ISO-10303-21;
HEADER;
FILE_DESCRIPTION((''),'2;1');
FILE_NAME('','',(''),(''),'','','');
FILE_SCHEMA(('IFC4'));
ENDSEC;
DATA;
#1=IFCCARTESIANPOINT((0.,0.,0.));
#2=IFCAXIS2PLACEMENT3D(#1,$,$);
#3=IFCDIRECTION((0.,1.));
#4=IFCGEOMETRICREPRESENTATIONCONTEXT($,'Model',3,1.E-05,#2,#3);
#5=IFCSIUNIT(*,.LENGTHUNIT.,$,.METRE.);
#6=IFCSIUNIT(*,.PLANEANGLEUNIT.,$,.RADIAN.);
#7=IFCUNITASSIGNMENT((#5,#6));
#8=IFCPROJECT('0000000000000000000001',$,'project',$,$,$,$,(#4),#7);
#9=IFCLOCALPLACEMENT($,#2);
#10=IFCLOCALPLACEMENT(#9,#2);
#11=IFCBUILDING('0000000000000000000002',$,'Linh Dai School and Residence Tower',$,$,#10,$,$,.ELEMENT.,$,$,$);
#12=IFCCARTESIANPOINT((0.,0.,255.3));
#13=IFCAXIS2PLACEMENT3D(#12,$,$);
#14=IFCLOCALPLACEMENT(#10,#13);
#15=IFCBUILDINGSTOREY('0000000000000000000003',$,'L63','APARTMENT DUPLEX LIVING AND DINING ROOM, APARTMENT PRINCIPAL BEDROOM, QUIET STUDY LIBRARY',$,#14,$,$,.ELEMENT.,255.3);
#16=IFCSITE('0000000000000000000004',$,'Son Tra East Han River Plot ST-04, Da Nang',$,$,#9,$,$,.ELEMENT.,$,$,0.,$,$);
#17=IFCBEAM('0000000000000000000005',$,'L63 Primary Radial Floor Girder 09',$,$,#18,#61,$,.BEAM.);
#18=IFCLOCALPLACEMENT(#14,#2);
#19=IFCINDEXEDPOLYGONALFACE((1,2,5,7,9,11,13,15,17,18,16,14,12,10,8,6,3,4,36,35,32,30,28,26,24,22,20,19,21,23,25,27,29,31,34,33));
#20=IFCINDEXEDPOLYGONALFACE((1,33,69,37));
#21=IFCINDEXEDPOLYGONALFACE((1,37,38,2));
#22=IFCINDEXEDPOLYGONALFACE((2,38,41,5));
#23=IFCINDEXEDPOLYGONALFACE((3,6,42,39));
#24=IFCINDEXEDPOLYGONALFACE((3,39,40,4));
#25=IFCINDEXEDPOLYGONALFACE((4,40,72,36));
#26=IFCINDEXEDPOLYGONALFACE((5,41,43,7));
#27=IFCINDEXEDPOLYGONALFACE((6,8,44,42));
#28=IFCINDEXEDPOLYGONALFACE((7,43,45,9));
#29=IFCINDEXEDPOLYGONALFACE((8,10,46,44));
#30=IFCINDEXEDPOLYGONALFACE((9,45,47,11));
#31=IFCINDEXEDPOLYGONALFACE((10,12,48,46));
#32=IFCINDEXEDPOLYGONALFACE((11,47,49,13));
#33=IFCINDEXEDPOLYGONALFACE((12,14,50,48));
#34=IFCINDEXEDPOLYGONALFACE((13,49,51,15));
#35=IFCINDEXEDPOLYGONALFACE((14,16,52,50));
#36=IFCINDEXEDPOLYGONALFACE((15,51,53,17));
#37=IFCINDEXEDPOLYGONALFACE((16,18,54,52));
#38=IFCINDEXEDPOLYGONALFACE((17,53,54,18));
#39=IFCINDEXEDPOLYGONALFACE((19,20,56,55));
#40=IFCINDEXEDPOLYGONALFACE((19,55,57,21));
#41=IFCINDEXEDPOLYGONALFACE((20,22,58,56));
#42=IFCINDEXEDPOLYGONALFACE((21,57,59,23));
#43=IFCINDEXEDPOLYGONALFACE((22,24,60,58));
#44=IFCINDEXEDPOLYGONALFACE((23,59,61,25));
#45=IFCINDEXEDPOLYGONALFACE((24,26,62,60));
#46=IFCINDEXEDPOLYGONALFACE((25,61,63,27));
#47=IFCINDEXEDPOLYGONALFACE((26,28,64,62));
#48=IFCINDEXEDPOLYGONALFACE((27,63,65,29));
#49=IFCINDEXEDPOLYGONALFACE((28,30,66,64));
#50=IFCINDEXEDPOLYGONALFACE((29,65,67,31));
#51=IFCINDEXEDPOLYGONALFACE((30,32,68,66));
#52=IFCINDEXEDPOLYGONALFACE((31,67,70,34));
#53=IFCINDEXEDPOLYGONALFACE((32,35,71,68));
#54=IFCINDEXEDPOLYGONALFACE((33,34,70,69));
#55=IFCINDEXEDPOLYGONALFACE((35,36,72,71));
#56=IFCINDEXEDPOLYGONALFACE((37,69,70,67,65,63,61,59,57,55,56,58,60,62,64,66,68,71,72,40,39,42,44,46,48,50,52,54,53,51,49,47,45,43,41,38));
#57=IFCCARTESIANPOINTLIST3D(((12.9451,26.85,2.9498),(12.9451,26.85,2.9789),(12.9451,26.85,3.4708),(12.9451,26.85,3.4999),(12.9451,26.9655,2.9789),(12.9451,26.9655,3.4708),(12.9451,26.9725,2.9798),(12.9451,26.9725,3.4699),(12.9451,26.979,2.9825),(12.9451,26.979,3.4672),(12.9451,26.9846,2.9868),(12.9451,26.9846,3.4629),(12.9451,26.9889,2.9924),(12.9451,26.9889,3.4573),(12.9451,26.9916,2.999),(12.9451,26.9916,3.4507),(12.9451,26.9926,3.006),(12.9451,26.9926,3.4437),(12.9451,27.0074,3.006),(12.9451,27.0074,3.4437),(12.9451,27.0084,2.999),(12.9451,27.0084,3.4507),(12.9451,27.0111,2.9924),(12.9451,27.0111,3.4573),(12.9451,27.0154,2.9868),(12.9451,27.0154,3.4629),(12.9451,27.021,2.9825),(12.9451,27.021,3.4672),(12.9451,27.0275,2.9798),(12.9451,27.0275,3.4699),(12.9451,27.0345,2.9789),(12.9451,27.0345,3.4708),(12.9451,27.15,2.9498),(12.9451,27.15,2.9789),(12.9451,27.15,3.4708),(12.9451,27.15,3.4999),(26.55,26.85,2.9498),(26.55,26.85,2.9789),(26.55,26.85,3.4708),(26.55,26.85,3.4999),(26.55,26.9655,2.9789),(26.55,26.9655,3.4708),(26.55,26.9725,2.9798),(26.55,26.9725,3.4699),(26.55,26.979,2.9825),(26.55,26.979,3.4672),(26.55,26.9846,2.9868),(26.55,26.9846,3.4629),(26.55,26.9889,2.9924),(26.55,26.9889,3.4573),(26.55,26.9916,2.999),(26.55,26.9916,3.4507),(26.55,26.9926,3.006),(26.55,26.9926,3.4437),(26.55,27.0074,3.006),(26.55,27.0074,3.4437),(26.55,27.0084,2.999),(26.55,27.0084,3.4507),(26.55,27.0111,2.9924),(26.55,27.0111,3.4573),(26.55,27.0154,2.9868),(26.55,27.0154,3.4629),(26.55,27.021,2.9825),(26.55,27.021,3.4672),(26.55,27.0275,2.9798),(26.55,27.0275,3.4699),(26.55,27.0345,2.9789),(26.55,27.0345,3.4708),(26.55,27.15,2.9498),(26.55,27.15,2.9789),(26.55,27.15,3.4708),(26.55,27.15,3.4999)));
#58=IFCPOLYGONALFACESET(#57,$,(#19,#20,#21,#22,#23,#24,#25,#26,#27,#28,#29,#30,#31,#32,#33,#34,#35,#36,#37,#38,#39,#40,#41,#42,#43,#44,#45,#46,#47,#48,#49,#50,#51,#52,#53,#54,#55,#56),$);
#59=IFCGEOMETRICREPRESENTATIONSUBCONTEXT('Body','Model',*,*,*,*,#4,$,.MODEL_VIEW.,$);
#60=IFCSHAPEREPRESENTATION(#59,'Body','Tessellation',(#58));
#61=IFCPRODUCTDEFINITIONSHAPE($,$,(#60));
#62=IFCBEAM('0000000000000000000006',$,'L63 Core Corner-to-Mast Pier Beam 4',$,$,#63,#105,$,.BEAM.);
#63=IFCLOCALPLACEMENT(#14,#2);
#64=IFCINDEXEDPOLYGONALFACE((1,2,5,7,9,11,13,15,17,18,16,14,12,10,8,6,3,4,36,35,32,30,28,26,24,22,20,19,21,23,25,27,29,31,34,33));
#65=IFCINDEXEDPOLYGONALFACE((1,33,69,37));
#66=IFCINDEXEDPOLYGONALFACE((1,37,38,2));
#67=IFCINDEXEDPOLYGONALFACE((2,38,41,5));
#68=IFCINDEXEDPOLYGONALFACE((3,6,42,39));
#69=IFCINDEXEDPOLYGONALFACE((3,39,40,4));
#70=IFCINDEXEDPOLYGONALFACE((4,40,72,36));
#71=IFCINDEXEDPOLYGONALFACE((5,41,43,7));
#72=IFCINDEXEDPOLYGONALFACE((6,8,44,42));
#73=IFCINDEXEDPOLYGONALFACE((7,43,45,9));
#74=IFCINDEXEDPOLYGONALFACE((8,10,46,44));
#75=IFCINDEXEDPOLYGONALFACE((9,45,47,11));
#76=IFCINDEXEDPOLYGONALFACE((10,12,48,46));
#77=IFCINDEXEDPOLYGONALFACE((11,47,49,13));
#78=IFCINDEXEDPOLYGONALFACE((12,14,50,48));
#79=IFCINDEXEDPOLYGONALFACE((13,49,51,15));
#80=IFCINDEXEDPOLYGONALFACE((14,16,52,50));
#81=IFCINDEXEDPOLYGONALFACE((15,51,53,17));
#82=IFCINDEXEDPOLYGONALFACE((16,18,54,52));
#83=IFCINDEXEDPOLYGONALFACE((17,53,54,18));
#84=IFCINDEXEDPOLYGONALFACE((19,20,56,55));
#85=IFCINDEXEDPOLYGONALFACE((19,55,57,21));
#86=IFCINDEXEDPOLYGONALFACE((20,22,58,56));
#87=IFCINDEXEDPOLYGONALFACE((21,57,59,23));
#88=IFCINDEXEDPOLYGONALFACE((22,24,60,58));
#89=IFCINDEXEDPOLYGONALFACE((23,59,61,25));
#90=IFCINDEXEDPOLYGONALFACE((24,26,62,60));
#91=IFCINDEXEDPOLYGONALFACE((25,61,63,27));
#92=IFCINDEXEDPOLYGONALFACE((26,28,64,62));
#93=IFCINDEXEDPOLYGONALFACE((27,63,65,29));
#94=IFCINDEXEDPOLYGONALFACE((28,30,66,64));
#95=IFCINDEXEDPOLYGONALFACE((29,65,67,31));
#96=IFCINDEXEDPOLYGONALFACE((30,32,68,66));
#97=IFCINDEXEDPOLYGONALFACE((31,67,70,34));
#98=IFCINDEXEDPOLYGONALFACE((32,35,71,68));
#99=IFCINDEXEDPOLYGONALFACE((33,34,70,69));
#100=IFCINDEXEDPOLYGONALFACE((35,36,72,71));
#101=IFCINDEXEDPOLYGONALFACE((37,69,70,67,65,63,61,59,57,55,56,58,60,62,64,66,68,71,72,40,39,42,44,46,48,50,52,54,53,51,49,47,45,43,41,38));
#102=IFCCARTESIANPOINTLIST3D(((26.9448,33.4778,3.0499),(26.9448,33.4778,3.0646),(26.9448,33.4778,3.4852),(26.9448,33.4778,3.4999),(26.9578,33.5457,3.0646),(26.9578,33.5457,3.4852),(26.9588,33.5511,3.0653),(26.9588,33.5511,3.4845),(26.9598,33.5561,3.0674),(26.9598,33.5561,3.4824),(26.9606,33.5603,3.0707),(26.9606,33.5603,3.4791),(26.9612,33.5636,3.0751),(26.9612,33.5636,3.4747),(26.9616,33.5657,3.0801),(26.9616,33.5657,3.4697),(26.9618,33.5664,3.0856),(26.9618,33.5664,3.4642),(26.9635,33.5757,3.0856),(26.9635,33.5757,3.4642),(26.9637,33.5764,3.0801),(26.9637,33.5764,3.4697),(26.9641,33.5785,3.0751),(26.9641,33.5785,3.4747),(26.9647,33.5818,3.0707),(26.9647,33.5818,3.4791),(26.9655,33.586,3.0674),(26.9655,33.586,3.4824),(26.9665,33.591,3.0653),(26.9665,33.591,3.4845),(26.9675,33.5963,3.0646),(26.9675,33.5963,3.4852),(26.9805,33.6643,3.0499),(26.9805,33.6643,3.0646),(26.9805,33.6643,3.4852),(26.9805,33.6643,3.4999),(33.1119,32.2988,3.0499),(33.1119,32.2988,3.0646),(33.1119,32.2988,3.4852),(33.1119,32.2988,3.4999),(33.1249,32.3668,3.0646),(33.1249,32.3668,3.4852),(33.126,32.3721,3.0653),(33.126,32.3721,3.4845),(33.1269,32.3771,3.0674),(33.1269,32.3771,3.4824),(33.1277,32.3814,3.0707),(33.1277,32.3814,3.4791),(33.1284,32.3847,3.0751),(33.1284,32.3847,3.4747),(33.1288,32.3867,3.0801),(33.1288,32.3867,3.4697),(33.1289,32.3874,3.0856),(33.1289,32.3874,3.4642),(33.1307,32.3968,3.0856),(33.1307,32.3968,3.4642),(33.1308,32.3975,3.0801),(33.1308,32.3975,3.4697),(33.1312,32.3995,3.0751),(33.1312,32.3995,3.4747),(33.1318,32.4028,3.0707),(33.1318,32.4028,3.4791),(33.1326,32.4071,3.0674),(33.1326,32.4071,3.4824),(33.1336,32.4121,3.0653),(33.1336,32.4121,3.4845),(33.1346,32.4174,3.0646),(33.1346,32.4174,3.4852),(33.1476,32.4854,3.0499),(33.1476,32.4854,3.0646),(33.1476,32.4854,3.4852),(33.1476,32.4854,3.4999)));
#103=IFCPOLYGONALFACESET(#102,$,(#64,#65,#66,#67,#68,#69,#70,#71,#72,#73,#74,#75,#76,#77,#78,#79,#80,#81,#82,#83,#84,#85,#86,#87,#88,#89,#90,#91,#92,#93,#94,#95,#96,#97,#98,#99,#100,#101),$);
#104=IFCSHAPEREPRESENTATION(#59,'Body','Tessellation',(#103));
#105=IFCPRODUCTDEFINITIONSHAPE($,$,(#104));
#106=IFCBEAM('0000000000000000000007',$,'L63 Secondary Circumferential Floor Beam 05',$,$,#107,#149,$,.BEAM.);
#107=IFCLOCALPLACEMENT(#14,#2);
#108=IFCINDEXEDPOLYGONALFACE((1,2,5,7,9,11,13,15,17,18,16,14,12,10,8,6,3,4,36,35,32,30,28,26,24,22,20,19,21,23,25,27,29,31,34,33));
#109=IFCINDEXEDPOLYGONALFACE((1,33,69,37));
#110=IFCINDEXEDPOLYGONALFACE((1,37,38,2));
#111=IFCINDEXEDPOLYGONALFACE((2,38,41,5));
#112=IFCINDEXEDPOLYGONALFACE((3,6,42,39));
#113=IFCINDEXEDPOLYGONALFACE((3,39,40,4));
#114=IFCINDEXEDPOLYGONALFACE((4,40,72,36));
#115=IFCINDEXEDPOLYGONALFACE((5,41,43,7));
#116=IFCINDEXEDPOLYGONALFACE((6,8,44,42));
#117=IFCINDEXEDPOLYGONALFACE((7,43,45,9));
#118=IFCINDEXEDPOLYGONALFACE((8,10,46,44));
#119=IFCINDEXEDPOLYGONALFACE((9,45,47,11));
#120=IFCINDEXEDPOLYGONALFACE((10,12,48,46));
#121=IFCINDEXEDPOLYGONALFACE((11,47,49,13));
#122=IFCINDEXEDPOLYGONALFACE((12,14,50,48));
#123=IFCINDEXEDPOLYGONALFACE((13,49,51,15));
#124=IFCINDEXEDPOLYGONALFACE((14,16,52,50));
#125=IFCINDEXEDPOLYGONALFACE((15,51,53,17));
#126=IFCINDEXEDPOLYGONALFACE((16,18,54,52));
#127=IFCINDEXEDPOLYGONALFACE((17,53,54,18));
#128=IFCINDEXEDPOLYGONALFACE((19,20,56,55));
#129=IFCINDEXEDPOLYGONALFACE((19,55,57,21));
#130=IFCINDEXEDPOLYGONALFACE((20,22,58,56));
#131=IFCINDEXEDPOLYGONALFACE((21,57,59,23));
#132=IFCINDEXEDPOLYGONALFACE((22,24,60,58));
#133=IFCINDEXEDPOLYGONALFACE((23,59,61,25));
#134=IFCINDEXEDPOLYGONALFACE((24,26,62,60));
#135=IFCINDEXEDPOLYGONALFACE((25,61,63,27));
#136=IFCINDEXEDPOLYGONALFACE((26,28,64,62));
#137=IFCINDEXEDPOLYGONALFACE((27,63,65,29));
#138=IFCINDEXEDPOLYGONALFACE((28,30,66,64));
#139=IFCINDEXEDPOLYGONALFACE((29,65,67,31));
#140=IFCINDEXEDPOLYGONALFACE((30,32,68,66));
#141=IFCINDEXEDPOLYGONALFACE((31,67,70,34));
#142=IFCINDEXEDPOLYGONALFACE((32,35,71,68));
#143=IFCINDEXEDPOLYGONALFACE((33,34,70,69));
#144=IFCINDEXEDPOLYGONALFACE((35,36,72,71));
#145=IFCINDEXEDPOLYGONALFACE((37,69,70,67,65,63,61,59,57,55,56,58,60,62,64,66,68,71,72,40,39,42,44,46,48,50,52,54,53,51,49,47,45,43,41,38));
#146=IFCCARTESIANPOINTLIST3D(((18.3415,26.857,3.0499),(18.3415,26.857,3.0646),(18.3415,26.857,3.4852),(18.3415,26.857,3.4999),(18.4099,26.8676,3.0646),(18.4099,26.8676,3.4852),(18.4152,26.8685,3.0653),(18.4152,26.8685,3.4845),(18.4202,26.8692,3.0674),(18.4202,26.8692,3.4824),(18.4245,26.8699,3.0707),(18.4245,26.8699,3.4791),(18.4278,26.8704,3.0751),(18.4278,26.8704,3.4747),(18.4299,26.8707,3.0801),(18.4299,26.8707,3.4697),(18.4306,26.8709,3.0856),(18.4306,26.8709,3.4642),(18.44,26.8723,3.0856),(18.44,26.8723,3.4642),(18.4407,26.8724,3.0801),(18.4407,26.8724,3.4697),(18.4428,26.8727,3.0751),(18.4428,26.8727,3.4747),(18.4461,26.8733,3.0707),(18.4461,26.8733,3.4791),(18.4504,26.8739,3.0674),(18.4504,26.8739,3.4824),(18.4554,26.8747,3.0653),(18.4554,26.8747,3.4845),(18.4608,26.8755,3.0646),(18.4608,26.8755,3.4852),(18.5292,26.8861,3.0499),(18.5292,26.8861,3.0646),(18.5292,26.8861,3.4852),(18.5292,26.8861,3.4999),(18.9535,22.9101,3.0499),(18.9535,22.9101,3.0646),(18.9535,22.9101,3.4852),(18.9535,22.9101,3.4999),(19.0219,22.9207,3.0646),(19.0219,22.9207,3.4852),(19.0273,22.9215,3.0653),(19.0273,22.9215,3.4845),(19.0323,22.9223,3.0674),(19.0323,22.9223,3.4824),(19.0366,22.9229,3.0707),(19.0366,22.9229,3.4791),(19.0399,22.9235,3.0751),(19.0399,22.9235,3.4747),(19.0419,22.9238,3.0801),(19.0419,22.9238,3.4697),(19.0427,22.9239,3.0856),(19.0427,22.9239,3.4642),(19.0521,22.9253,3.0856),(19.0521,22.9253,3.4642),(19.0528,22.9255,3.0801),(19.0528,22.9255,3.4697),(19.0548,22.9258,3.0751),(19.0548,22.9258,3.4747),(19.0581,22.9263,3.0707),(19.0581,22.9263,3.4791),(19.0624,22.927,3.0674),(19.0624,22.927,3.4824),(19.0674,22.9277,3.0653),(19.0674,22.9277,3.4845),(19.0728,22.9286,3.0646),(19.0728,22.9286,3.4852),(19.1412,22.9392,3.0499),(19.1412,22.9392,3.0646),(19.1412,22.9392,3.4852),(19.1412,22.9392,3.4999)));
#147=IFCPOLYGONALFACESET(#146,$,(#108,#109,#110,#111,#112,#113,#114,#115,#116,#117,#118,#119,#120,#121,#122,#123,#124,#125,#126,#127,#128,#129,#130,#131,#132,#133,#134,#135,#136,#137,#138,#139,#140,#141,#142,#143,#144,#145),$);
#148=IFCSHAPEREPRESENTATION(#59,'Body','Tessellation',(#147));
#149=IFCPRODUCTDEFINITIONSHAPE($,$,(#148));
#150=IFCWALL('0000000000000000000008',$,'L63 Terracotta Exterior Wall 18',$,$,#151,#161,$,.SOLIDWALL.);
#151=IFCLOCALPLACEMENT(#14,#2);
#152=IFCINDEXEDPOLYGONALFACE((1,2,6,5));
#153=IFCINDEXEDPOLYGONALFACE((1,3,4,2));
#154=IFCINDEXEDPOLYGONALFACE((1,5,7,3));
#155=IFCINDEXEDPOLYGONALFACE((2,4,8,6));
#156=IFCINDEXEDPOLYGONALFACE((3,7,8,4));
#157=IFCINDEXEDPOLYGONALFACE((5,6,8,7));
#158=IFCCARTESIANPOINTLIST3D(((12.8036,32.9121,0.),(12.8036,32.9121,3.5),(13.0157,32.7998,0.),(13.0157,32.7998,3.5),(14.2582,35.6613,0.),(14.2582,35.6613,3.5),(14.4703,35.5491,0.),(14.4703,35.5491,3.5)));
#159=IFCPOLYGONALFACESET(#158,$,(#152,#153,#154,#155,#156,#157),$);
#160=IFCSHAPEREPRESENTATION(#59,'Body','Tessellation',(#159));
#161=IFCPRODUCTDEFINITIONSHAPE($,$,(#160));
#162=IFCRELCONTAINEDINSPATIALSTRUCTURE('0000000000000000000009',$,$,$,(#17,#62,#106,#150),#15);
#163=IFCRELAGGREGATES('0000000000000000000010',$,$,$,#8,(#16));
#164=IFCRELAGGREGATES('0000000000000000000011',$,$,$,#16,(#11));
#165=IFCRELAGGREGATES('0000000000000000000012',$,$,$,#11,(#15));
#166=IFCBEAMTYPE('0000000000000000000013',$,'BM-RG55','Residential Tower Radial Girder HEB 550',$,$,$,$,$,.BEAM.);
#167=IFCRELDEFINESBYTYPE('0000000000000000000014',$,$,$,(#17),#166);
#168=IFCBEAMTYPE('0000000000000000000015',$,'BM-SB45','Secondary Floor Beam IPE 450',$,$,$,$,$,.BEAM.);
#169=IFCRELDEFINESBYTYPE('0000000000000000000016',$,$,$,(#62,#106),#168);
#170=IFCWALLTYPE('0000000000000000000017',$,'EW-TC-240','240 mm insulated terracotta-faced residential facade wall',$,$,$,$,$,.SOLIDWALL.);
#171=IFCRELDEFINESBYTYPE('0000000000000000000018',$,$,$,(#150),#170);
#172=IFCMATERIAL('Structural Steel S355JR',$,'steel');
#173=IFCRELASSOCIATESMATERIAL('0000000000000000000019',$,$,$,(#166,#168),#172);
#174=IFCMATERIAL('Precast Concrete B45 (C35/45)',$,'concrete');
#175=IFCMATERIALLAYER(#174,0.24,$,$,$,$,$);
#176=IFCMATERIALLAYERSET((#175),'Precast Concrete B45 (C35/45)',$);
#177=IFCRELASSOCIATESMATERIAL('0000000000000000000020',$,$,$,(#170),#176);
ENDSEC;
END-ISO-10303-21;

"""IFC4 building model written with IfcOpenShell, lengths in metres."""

from ifc_helpers import new_model, si_unit, direction, frame, frame_2d, origin, origin_2d, place, context, subcontext, project, spatial, rectangle, i_section, extrude, material, layer, layer_set, material_profile, profile_set, type_object, element, save


model = new_model("IFC4")

# Units and contexts
model_context = context("Model", 3, precision=1e-05, world=origin(), true_north=direction((0.0, 1.0)))
body_context = subcontext(model_context, "Body", "Model", "MODEL_VIEW")
ifc_project = project(units=[si_unit("LENGTHUNIT", "METRE"), si_unit("PLANEANGLEUNIT", "RADIAN")], contexts=[model_context])

# Site, building, storey
site_placement = place(None, origin())
site = spatial("IfcSite", under=ifc_project, at=site_placement, Name="Son Tra East Han River Plot ST-04, Da Nang", CompositionType="ELEMENT", RefElevation=0.0)
building_placement = place(site_placement, origin())
building = spatial("IfcBuilding", under=site, at=building_placement, Name="Linh Dai School and Residence Tower", CompositionType="ELEMENT")
storey_placement = place(building_placement, frame((0.0, 0.0, 255.3)))
storey = spatial("IfcBuildingStorey", under=building, at=storey_placement, Name="L63", Description="APARTMENT DUPLEX LIVING AND DINING ROOM, APARTMENT PRINCIPAL BEDROOM, QUIET STUDY LIBRARY", CompositionType="ELEMENT", Elevation=255.3)

# Shared definitions
ifc_material_1 = material(Name="Structural Steel S355JR", Category="steel")

# Beams
ifc_material_profile_1 = material_profile(ifc_material_1, i_section(OverallWidth=0.3, OverallDepth=0.55, WebThickness=0.0149, FlangeThickness=0.0291, FilletRadius=0.0271, at=origin_2d()), Name="HEB 550")
ifc_profile_set_1 = profile_set([ifc_material_profile_1], Name="Structural Steel S355JR")
beam_type_1 = type_object("IfcBeamType", Name="BM-RG55", Description="Residential Tower Radial Girder HEB 550", PredefinedType="BEAM", material=ifc_profile_set_1)
beam_1_placement = place(storey_placement, frame((26.55, 27.0, 3.2249), z_axis=(-1.0, 0.0, 0.0), x_axis=(0.0, -1.0, 0.0)))
element("IfcBeam", 1, at=beam_1_placement, inside=storey, type_object=beam_type_1, Name="L63 Primary Radial Floor Girder 09", PredefinedType="BEAM", context=body_context, shape_type="SweptSolid", body=[
    extrude(i_section(OverallWidth=0.3, OverallDepth=0.55, WebThickness=0.0149, FlangeThickness=0.0291, FilletRadius=0.0271, at=origin_2d()), origin(), (0.0, 0.0, 1.0), 13.605),
])
ifc_material_profile_2 = material_profile(ifc_material_1, i_section(OverallWidth=0.1899, OverallDepth=0.45, WebThickness=0.0095, FlangeThickness=0.0146, FilletRadius=0.021, at=origin_2d()), Name="IPE 450")
ifc_profile_set_2 = profile_set([ifc_material_profile_2], Name="Structural Steel S355JR")
beam_type_2 = type_object("IfcBeamType", Name="BM-SB45", Description="Secondary Floor Beam IPE 450", PredefinedType="BEAM", material=ifc_profile_set_2)
beam_2_placement = place(storey_placement, frame((26.9626, 33.571, 3.2749), z_axis=(0.982214, -0.187764, 0.0), x_axis=(0.187764, 0.982214, 0.0)))
element("IfcBeam", 2, at=beam_2_placement, inside=storey, type_object=beam_type_2, Name="L63 Core Corner-to-Mast Pier Beam 4", PredefinedType="BEAM", context=body_context, shape_type="SweptSolid", body=[
    extrude(i_section(OverallWidth=0.1899, OverallDepth=0.45, WebThickness=0.0095, FlangeThickness=0.0146, FilletRadius=0.021, at=origin_2d()), origin(), (0.0, 0.0, 1.0), 6.2788),
])
beam_3_placement = place(storey_placement, frame((18.4353, 26.8716, 3.2749), z_axis=(0.153238, -0.988189, 0.0), x_axis=(0.988189, 0.153238, 0.0)))
element("IfcBeam", 3, at=beam_3_placement, inside=storey, type_object=beam_type_2, Name="L63 Secondary Circumferential Floor Beam 05", PredefinedType="BEAM", context=body_context, shape_type="SweptSolid", body=[
    extrude(i_section(OverallWidth=0.1899, OverallDepth=0.45, WebThickness=0.0095, FlangeThickness=0.0146, FilletRadius=0.021, at=origin_2d()), origin(), (0.0, 0.0, 1.0), 3.9941),
])

# Wall
ifc_material_2 = material(Name="Precast Concrete B45 (C35/45)", Category="concrete")
ifc_layer_1 = layer(ifc_material_2, 0.24)
ifc_layer_set_1 = layer_set([ifc_layer_1], Name="Precast Concrete B45 (C35/45)")
wall_type_1 = type_object("IfcWallType", Name="EW-TC-240", Description="240 mm insulated terracotta-faced residential facade wall", PredefinedType="SOLIDWALL", material=ifc_layer_set_1)
wall_1_placement = place(storey_placement, frame((12.9097, 32.856, 0.0), z_axis=(0.0, 0.0, 1.0), x_axis=(0.46766, 0.883908, 0.0)))
element("IfcWall", 4, at=wall_1_placement, inside=storey, type_object=wall_type_1, Name="L63 Terracotta Exterior Wall 18", PredefinedType="SOLIDWALL", context=body_context, shape_type="SweptSolid", body=[
    extrude(rectangle(XDim=3.1104, YDim=0.24, at=frame_2d((1.5552, 0.0))), origin(), (0.0, 0.0, 1.0), 3.5),
])

save(model, "model.ifc")
